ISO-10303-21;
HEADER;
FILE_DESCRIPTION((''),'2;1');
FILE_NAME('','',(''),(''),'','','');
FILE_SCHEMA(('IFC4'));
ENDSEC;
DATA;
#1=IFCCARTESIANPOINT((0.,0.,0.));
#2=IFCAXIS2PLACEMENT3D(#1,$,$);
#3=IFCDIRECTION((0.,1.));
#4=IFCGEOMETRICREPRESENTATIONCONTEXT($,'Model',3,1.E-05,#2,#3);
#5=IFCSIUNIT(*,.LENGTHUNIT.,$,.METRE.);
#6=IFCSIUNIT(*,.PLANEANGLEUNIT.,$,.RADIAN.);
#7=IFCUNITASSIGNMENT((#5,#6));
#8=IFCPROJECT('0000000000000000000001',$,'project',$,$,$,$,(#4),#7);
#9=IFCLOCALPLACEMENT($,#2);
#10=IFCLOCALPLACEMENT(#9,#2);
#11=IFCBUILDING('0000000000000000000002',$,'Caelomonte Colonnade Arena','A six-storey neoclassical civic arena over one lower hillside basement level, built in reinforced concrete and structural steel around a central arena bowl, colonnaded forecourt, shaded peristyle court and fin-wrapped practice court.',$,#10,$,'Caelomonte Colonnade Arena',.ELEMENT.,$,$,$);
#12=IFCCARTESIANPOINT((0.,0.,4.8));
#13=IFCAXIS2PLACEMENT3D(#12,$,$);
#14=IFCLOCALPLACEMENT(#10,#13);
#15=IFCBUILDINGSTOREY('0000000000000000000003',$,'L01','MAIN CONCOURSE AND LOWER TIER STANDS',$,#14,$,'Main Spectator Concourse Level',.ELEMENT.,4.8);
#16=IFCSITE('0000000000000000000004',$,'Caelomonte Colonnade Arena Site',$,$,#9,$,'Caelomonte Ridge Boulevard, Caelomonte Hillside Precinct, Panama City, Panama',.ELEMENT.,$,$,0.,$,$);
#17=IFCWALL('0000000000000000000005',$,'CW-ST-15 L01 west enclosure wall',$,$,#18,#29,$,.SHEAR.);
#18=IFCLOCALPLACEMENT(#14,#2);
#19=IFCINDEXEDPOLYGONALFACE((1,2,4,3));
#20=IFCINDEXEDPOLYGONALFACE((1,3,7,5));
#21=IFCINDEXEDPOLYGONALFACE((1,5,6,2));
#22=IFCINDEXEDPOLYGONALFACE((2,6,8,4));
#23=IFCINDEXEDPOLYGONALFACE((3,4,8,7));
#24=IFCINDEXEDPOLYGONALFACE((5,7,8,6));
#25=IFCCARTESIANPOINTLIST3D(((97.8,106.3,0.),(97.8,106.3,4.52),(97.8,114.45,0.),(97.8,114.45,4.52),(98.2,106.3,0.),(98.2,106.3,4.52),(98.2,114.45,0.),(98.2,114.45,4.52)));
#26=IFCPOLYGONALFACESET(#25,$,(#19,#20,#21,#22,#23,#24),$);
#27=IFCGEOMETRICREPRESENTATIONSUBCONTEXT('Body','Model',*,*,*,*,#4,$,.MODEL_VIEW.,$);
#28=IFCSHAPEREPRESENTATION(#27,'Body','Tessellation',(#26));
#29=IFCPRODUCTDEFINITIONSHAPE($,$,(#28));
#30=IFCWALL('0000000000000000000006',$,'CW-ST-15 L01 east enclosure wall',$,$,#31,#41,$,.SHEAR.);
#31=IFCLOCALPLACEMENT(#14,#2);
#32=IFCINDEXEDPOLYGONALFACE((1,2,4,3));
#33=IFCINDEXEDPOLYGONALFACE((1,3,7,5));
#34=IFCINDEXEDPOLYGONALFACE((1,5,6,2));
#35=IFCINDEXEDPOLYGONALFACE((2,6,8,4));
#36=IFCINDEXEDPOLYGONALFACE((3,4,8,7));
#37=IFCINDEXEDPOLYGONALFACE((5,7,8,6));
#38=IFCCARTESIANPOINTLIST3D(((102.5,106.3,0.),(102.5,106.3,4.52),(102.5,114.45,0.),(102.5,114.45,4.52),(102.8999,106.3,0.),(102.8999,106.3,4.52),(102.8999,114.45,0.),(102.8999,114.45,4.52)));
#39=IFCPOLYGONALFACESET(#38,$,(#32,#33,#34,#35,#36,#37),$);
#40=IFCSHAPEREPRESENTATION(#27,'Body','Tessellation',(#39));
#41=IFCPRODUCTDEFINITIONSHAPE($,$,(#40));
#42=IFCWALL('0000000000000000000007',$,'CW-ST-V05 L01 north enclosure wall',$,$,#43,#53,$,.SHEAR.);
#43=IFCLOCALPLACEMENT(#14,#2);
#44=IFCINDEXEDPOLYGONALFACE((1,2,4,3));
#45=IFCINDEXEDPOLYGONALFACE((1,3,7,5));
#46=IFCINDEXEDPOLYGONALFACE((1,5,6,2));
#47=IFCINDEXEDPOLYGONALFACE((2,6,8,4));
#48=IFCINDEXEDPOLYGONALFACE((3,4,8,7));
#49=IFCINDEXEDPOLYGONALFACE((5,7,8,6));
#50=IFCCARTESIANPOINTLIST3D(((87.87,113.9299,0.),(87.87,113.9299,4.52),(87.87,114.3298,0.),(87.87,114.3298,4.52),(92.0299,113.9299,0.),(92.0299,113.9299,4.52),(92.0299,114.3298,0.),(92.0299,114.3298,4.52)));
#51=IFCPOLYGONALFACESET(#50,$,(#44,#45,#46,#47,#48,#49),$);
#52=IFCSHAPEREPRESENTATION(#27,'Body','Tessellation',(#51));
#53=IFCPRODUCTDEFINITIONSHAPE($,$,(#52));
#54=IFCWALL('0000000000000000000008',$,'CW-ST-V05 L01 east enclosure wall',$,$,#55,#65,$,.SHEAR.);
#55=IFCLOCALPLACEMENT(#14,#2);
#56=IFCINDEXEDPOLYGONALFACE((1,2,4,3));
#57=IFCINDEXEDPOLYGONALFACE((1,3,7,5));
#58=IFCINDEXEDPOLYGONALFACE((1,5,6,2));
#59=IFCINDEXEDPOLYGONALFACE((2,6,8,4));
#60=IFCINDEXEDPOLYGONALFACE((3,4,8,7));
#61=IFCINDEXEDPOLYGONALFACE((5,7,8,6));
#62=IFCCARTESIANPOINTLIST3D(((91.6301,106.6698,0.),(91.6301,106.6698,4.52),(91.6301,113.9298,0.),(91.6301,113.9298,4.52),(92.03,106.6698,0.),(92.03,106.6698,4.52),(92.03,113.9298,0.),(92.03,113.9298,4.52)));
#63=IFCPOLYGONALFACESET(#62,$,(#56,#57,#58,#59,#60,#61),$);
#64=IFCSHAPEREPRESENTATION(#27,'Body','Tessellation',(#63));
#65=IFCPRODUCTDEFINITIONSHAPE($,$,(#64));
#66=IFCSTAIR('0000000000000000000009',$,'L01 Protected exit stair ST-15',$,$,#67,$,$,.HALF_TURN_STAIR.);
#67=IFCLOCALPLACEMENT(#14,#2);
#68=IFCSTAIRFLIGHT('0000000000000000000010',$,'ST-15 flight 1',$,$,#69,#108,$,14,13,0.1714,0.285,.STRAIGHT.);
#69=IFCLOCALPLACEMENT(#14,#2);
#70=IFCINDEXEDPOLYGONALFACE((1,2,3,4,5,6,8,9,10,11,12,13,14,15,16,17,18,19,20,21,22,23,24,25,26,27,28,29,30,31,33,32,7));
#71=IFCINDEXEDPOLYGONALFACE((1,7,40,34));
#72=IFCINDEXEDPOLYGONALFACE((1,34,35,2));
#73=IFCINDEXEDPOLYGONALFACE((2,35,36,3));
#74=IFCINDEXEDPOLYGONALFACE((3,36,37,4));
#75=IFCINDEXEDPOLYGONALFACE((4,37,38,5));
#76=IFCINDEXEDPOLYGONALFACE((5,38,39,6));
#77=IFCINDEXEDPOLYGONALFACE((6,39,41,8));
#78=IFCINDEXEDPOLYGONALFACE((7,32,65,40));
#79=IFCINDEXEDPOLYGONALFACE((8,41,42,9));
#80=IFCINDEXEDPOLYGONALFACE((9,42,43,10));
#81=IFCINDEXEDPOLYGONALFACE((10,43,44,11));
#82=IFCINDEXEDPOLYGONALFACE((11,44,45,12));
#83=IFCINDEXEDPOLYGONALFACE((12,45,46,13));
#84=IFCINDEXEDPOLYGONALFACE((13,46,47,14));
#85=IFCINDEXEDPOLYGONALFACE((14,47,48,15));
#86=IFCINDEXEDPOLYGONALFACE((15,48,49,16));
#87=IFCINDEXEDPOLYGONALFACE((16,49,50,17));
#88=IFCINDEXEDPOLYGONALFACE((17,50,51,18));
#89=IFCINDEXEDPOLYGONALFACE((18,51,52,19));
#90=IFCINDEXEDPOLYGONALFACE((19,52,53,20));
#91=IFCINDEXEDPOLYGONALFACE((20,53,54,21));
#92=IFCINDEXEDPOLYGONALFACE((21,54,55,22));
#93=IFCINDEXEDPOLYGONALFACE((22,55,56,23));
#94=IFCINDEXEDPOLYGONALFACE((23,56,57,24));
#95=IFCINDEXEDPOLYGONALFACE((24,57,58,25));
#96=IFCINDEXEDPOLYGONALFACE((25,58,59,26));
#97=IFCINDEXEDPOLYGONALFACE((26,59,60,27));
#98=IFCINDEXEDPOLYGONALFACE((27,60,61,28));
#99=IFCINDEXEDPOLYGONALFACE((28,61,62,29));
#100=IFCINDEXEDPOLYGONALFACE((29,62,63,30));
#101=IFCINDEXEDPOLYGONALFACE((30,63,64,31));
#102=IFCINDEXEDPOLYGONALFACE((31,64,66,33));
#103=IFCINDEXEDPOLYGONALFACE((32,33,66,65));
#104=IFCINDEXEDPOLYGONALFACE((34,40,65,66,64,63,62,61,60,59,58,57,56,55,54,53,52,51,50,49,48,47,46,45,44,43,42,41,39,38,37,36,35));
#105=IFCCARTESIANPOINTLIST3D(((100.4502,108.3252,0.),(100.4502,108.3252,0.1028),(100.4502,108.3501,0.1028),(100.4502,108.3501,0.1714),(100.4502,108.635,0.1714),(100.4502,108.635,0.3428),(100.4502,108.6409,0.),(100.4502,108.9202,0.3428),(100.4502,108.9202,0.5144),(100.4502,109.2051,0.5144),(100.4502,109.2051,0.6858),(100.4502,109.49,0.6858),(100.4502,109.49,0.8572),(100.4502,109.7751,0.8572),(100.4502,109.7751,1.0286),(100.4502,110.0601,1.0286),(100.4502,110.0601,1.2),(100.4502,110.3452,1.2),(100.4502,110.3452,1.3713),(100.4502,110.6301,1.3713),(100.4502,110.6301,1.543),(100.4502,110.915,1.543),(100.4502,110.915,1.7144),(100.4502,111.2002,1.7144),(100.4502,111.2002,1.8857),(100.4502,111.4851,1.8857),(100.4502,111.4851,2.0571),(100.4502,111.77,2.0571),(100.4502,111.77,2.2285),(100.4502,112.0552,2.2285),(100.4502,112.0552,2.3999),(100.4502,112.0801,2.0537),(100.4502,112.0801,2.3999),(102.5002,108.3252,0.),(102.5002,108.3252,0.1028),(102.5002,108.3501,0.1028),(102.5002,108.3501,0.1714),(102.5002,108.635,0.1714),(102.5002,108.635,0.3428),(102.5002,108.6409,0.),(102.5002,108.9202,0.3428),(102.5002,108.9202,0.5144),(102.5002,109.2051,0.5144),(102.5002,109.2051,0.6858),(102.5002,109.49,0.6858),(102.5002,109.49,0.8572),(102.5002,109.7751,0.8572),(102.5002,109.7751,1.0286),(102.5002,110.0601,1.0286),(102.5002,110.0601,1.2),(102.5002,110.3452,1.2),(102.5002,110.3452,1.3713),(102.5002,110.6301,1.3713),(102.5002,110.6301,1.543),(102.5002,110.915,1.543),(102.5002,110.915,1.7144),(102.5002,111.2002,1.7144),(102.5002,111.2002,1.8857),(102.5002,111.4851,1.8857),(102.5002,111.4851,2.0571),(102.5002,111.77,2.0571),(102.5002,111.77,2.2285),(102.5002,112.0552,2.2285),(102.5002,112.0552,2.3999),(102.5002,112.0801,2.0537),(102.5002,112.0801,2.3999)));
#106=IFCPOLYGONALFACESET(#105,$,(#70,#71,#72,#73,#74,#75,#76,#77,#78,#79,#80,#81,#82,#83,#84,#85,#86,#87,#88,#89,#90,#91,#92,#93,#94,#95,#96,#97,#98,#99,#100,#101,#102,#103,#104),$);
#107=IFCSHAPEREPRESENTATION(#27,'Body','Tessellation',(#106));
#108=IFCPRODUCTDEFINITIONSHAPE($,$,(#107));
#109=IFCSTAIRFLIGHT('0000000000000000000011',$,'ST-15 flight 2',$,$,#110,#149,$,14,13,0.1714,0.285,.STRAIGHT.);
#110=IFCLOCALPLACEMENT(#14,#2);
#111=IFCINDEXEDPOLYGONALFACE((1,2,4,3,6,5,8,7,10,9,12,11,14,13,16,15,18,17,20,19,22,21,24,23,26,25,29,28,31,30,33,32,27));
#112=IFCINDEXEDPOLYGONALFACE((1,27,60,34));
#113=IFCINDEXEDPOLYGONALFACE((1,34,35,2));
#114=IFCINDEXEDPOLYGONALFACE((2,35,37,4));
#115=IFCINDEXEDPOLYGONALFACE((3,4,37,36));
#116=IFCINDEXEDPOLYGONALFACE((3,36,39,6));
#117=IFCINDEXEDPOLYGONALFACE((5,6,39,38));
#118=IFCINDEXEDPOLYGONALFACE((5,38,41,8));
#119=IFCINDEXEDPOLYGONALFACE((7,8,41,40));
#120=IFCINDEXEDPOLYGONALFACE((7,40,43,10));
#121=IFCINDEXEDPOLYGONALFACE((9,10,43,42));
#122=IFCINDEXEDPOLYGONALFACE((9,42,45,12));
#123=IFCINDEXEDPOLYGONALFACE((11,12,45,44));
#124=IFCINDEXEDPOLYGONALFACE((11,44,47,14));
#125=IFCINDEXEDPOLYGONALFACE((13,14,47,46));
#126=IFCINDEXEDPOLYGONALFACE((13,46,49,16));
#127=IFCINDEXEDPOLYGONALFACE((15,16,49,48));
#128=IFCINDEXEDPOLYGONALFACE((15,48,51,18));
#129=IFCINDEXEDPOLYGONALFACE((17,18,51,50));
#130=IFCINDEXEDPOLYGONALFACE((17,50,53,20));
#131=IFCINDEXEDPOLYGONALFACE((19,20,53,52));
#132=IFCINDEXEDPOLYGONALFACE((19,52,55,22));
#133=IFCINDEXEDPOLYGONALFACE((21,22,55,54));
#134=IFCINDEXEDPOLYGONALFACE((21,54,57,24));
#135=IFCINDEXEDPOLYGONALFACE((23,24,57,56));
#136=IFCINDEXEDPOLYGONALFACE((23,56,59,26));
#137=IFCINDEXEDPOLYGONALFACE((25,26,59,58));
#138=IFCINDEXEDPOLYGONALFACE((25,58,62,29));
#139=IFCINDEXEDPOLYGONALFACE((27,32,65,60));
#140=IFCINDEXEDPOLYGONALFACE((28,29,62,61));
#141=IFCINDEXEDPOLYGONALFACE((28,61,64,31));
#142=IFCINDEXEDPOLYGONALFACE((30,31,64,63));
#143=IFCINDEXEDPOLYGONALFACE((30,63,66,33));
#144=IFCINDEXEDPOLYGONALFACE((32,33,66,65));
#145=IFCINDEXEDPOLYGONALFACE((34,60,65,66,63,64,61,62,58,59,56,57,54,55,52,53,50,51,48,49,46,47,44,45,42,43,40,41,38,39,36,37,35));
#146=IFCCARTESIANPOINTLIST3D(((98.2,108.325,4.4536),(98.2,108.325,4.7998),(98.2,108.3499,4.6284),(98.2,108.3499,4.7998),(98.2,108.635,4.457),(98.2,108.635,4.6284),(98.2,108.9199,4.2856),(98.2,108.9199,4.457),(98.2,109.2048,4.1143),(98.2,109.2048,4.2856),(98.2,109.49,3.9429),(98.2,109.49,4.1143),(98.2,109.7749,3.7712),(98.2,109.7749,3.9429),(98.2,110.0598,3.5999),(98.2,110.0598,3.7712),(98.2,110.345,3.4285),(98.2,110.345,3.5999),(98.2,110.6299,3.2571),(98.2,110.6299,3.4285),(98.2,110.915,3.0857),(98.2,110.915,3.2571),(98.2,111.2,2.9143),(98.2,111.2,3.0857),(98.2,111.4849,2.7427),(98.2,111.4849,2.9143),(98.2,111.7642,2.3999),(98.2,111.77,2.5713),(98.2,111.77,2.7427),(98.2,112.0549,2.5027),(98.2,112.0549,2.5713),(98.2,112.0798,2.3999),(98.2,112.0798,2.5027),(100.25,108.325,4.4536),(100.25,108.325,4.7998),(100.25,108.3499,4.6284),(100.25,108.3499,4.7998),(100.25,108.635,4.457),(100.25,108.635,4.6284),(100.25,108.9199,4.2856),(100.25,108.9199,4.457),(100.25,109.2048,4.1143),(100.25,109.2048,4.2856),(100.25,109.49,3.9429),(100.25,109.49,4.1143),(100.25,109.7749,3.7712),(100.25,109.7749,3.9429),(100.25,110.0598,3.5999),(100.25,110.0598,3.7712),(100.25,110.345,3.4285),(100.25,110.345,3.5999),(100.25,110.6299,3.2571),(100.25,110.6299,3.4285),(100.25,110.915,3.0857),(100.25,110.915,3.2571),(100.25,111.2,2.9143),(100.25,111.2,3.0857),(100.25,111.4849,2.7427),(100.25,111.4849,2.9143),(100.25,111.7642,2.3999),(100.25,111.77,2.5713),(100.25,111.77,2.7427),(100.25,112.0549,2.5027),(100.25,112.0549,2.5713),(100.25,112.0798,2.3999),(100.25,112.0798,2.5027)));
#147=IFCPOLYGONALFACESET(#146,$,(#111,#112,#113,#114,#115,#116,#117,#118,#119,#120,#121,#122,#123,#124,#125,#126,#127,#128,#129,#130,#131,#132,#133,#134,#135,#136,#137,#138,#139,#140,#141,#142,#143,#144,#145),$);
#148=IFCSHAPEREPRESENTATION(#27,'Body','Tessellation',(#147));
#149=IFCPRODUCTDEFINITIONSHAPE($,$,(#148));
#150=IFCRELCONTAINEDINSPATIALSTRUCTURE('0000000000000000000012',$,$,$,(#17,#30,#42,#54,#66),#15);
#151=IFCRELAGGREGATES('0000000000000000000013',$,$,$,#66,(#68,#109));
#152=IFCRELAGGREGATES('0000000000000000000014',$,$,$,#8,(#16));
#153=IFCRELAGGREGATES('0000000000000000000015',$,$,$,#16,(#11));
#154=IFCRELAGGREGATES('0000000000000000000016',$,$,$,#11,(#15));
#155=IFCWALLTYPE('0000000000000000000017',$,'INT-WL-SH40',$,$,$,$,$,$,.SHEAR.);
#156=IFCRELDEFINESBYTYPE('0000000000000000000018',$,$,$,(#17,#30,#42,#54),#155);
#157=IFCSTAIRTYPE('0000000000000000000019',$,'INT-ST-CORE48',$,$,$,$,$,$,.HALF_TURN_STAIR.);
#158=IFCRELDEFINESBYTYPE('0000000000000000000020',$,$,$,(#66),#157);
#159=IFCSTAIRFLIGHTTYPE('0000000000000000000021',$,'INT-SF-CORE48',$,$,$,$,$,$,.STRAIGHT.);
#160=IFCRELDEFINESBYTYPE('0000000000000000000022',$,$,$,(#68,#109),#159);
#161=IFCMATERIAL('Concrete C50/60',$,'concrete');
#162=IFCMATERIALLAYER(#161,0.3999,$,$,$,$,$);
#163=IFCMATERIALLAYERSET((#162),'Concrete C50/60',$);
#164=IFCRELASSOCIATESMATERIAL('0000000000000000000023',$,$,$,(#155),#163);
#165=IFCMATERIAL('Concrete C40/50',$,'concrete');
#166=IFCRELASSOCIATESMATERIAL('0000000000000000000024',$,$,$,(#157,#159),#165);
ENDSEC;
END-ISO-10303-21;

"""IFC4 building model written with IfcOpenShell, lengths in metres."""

from ifc_helpers import new_model, si_unit, direction, frame, frame_2d, origin, place, context, subcontext, project, spatial, polyline, rectangle, outline, extrude, material, layer, layer_set, type_object, element, aggregate, save


model = new_model("IFC4")

# Units and contexts
model_context = context("Model", 3, precision=1e-05, world=origin(), true_north=direction((0.0, 1.0)))
body_context = subcontext(model_context, "Body", "Model", "MODEL_VIEW")
ifc_project = project(units=[si_unit("LENGTHUNIT", "METRE"), si_unit("PLANEANGLEUNIT", "RADIAN")], contexts=[model_context])

# Site, building, storey
site_placement = place(None, origin())
site = spatial("IfcSite", under=ifc_project, at=site_placement, Name="Caelomonte Colonnade Arena Site", LongName="Caelomonte Ridge Boulevard, Caelomonte Hillside Precinct, Panama City, Panama", CompositionType="ELEMENT", RefElevation=0.0)
building_placement = place(site_placement, origin())
building = spatial("IfcBuilding", under=site, at=building_placement, Name="Caelomonte Colonnade Arena", Description="A six-storey neoclassical civic arena over one lower hillside basement level, built in reinforced concrete and structural steel around a central arena bowl, colonnaded forecourt, shaded peristyle court and fin-wrapped practice court.", LongName="Caelomonte Colonnade Arena", CompositionType="ELEMENT")
storey_placement = place(building_placement, frame((0.0, 0.0, 4.8)))
storey = spatial("IfcBuildingStorey", under=building, at=storey_placement, Name="L01", Description="MAIN CONCOURSE AND LOWER TIER STANDS", LongName="Main Spectator Concourse Level", CompositionType="ELEMENT", Elevation=4.8)

# Shared definitions
ifc_material_1 = material(Name="Concrete C50/60", Category="concrete")

# Shared definitions
ifc_material_2 = material(Name="Concrete C40/50", Category="concrete")

# Shared definitions
ifc_layer_1 = layer(ifc_material_1, 0.3999)
ifc_layer_set_1 = layer_set([ifc_layer_1], Name="Concrete C50/60")
wall_type = type_object("IfcWallType", Name="INT-WL-SH40", PredefinedType="SHEAR", material=ifc_layer_set_1)

# Walls
for number, where, z_axis, x_axis, name in (
    (1, (98.0, 114.45, 0.0), (0.0, 0.0, 1.0), (0.0, -1.0, 0.0), "CW-ST-15 L01 west enclosure wall"),
    (2, (102.7, 106.3, 0.0), (0.0, 0.0, 1.0), (0.0, 1.0, 0.0), "CW-ST-15 L01 east enclosure wall"),
):
    element("IfcWall", number, at=place(storey_placement, frame(where, z_axis=z_axis, x_axis=x_axis)), inside=storey, type_object=wall_type, Name=name, PredefinedType="SHEAR", context=body_context, shape_type="SweptSolid", body=[
        extrude(rectangle(XDim=8.1499, YDim=0.3999, at=frame_2d((4.075, 0.0))), origin(), (0.0, 0.0, 1.0), 4.52),
    ])
wall_1_placement = place(storey_placement, frame((92.03, 114.1299, 0.0), z_axis=(0.0, 0.0, 1.0), x_axis=(-1.0, 0.0, 0.0)))
element("IfcWall", 3, at=wall_1_placement, inside=storey, type_object=wall_type, Name="CW-ST-V05 L01 north enclosure wall", PredefinedType="SHEAR", context=body_context, shape_type="SweptSolid", body=[
    extrude(rectangle(XDim=4.1599, YDim=0.3999, at=frame_2d((2.0801, 0.0))), origin(), (0.0, 0.0, 1.0), 4.52),
])
wall_2_placement = place(storey_placement, frame((91.8301, 106.6699, 0.0), z_axis=(0.0, 0.0, 1.0), x_axis=(0.0, 1.0, 0.0)))
element("IfcWall", 4, at=wall_2_placement, inside=storey, type_object=wall_type, Name="CW-ST-V05 L01 east enclosure wall", PredefinedType="SHEAR", context=body_context, shape_type="SweptSolid", body=[
    extrude(rectangle(XDim=7.26, YDim=0.3999, at=frame_2d((3.6299, 0.0))), origin(), (0.0, 0.0, 1.0), 4.52),
])

# Stair, stair flights
stair_type = type_object("IfcStairType", Name="INT-ST-CORE48", PredefinedType="HALF_TURN_STAIR", material=ifc_material_2)
stair_placement = place(storey_placement, origin())
stair = element("IfcStair", 5, at=stair_placement, inside=storey, type_object=stair_type, Name="L01 Protected exit stair ST-15", PredefinedType="HALF_TURN_STAIR")
stair_flight_type = type_object("IfcStairFlightType", Name="INT-SF-CORE48", PredefinedType="STRAIGHT", material=ifc_material_2)
stair_flight_1_placement = place(storey_placement, frame((101.4751, 108.3501, 0.0), z_axis=(0.0, 0.0, 1.0), x_axis=(0.0, 1.0, 0.0)))
stair_flight_1 = element("IfcStairFlight", 6, at=stair_flight_1_placement, type_object=stair_flight_type, Name="ST-15 flight 1", NumberOfRisers=14, NumberOfTreads=13, PredefinedType="STRAIGHT", RiserHeight=0.1714, TreadLength=0.285, context=body_context, shape_type="SweptSolid", body=[
    extrude(outline(polyline([(-0.0249, 0.0), (-0.0249, 0.1028), (0.0, 0.1028), (0.0, 0.1714), (0.2849, 0.1714), (0.2849, 0.3428), (0.5701, 0.3428), (0.5701, 0.5144), (0.855, 0.5144), (0.855, 0.6858), (1.1399, 0.6858), (1.1399, 0.8572), (1.425, 0.8572), (1.425, 1.0286), (1.71, 1.0286), (1.71, 1.2), (1.9951, 1.2), (1.9951, 1.3713), (2.28, 1.3713), (2.28, 1.543), (2.5649, 1.543), (2.5649, 1.7144), (2.8501, 1.7144), (2.8501, 1.8857), (3.135, 1.8857), (3.135, 2.0571), (3.4199, 2.0571), (3.4199, 2.2285), (3.7051, 2.2285), (3.7051, 2.3999), (3.73, 2.3999), (3.73, 2.0537), (0.2908, 0.0), (-0.0249, 0.0)])), frame((0.0, 1.0249, 0.0), z_axis=(0.0, -1.0, 0.0), x_axis=(1.0, 0.0, 0.0)), (0.0, 0.0, 1.0), 2.05),
])
stair_flight_2_placement = place(storey_placement, frame((99.2251, 112.0549, 2.3999), z_axis=(0.0, 0.0, 1.0), x_axis=(0.0, -1.0, 0.0)))
stair_flight_2 = element("IfcStairFlight", 7, at=stair_flight_2_placement, type_object=stair_flight_type, Name="ST-15 flight 2", NumberOfRisers=14, NumberOfTreads=13, PredefinedType="STRAIGHT", RiserHeight=0.1714, TreadLength=0.285, context=body_context, shape_type="SweptSolid", body=[
    extrude(outline(polyline([(-0.0249, 0.0), (-0.0249, 0.1028), (0.0, 0.1028), (0.0, 0.1714), (0.2849, 0.1714), (0.2849, 0.3428), (0.5701, 0.3428), (0.5701, 0.5144), (0.855, 0.5144), (0.855, 0.6858), (1.1399, 0.6858), (1.1399, 0.8572), (1.425, 0.8572), (1.425, 1.0286), (1.71, 1.0286), (1.71, 1.2), (1.9951, 1.2), (1.9951, 1.3713), (2.28, 1.3713), (2.28, 1.543), (2.5649, 1.543), (2.5649, 1.7144), (2.8501, 1.7144), (2.8501, 1.8857), (3.135, 1.8857), (3.135, 2.0571), (3.4199, 2.0571), (3.4199, 2.2285), (3.7051, 2.2285), (3.7051, 2.3999), (3.73, 2.3999), (3.73, 2.0537), (0.2908, 0.0), (-0.0249, 0.0)])), frame((0.0, 1.0249, 0.0), z_axis=(0.0, -1.0, 0.0), x_axis=(1.0, 0.0, 0.0)), (0.0, 0.0, 1.0), 2.05),
])
aggregate(stair, [stair_flight_1, stair_flight_2])

save(model, "model.ifc")
